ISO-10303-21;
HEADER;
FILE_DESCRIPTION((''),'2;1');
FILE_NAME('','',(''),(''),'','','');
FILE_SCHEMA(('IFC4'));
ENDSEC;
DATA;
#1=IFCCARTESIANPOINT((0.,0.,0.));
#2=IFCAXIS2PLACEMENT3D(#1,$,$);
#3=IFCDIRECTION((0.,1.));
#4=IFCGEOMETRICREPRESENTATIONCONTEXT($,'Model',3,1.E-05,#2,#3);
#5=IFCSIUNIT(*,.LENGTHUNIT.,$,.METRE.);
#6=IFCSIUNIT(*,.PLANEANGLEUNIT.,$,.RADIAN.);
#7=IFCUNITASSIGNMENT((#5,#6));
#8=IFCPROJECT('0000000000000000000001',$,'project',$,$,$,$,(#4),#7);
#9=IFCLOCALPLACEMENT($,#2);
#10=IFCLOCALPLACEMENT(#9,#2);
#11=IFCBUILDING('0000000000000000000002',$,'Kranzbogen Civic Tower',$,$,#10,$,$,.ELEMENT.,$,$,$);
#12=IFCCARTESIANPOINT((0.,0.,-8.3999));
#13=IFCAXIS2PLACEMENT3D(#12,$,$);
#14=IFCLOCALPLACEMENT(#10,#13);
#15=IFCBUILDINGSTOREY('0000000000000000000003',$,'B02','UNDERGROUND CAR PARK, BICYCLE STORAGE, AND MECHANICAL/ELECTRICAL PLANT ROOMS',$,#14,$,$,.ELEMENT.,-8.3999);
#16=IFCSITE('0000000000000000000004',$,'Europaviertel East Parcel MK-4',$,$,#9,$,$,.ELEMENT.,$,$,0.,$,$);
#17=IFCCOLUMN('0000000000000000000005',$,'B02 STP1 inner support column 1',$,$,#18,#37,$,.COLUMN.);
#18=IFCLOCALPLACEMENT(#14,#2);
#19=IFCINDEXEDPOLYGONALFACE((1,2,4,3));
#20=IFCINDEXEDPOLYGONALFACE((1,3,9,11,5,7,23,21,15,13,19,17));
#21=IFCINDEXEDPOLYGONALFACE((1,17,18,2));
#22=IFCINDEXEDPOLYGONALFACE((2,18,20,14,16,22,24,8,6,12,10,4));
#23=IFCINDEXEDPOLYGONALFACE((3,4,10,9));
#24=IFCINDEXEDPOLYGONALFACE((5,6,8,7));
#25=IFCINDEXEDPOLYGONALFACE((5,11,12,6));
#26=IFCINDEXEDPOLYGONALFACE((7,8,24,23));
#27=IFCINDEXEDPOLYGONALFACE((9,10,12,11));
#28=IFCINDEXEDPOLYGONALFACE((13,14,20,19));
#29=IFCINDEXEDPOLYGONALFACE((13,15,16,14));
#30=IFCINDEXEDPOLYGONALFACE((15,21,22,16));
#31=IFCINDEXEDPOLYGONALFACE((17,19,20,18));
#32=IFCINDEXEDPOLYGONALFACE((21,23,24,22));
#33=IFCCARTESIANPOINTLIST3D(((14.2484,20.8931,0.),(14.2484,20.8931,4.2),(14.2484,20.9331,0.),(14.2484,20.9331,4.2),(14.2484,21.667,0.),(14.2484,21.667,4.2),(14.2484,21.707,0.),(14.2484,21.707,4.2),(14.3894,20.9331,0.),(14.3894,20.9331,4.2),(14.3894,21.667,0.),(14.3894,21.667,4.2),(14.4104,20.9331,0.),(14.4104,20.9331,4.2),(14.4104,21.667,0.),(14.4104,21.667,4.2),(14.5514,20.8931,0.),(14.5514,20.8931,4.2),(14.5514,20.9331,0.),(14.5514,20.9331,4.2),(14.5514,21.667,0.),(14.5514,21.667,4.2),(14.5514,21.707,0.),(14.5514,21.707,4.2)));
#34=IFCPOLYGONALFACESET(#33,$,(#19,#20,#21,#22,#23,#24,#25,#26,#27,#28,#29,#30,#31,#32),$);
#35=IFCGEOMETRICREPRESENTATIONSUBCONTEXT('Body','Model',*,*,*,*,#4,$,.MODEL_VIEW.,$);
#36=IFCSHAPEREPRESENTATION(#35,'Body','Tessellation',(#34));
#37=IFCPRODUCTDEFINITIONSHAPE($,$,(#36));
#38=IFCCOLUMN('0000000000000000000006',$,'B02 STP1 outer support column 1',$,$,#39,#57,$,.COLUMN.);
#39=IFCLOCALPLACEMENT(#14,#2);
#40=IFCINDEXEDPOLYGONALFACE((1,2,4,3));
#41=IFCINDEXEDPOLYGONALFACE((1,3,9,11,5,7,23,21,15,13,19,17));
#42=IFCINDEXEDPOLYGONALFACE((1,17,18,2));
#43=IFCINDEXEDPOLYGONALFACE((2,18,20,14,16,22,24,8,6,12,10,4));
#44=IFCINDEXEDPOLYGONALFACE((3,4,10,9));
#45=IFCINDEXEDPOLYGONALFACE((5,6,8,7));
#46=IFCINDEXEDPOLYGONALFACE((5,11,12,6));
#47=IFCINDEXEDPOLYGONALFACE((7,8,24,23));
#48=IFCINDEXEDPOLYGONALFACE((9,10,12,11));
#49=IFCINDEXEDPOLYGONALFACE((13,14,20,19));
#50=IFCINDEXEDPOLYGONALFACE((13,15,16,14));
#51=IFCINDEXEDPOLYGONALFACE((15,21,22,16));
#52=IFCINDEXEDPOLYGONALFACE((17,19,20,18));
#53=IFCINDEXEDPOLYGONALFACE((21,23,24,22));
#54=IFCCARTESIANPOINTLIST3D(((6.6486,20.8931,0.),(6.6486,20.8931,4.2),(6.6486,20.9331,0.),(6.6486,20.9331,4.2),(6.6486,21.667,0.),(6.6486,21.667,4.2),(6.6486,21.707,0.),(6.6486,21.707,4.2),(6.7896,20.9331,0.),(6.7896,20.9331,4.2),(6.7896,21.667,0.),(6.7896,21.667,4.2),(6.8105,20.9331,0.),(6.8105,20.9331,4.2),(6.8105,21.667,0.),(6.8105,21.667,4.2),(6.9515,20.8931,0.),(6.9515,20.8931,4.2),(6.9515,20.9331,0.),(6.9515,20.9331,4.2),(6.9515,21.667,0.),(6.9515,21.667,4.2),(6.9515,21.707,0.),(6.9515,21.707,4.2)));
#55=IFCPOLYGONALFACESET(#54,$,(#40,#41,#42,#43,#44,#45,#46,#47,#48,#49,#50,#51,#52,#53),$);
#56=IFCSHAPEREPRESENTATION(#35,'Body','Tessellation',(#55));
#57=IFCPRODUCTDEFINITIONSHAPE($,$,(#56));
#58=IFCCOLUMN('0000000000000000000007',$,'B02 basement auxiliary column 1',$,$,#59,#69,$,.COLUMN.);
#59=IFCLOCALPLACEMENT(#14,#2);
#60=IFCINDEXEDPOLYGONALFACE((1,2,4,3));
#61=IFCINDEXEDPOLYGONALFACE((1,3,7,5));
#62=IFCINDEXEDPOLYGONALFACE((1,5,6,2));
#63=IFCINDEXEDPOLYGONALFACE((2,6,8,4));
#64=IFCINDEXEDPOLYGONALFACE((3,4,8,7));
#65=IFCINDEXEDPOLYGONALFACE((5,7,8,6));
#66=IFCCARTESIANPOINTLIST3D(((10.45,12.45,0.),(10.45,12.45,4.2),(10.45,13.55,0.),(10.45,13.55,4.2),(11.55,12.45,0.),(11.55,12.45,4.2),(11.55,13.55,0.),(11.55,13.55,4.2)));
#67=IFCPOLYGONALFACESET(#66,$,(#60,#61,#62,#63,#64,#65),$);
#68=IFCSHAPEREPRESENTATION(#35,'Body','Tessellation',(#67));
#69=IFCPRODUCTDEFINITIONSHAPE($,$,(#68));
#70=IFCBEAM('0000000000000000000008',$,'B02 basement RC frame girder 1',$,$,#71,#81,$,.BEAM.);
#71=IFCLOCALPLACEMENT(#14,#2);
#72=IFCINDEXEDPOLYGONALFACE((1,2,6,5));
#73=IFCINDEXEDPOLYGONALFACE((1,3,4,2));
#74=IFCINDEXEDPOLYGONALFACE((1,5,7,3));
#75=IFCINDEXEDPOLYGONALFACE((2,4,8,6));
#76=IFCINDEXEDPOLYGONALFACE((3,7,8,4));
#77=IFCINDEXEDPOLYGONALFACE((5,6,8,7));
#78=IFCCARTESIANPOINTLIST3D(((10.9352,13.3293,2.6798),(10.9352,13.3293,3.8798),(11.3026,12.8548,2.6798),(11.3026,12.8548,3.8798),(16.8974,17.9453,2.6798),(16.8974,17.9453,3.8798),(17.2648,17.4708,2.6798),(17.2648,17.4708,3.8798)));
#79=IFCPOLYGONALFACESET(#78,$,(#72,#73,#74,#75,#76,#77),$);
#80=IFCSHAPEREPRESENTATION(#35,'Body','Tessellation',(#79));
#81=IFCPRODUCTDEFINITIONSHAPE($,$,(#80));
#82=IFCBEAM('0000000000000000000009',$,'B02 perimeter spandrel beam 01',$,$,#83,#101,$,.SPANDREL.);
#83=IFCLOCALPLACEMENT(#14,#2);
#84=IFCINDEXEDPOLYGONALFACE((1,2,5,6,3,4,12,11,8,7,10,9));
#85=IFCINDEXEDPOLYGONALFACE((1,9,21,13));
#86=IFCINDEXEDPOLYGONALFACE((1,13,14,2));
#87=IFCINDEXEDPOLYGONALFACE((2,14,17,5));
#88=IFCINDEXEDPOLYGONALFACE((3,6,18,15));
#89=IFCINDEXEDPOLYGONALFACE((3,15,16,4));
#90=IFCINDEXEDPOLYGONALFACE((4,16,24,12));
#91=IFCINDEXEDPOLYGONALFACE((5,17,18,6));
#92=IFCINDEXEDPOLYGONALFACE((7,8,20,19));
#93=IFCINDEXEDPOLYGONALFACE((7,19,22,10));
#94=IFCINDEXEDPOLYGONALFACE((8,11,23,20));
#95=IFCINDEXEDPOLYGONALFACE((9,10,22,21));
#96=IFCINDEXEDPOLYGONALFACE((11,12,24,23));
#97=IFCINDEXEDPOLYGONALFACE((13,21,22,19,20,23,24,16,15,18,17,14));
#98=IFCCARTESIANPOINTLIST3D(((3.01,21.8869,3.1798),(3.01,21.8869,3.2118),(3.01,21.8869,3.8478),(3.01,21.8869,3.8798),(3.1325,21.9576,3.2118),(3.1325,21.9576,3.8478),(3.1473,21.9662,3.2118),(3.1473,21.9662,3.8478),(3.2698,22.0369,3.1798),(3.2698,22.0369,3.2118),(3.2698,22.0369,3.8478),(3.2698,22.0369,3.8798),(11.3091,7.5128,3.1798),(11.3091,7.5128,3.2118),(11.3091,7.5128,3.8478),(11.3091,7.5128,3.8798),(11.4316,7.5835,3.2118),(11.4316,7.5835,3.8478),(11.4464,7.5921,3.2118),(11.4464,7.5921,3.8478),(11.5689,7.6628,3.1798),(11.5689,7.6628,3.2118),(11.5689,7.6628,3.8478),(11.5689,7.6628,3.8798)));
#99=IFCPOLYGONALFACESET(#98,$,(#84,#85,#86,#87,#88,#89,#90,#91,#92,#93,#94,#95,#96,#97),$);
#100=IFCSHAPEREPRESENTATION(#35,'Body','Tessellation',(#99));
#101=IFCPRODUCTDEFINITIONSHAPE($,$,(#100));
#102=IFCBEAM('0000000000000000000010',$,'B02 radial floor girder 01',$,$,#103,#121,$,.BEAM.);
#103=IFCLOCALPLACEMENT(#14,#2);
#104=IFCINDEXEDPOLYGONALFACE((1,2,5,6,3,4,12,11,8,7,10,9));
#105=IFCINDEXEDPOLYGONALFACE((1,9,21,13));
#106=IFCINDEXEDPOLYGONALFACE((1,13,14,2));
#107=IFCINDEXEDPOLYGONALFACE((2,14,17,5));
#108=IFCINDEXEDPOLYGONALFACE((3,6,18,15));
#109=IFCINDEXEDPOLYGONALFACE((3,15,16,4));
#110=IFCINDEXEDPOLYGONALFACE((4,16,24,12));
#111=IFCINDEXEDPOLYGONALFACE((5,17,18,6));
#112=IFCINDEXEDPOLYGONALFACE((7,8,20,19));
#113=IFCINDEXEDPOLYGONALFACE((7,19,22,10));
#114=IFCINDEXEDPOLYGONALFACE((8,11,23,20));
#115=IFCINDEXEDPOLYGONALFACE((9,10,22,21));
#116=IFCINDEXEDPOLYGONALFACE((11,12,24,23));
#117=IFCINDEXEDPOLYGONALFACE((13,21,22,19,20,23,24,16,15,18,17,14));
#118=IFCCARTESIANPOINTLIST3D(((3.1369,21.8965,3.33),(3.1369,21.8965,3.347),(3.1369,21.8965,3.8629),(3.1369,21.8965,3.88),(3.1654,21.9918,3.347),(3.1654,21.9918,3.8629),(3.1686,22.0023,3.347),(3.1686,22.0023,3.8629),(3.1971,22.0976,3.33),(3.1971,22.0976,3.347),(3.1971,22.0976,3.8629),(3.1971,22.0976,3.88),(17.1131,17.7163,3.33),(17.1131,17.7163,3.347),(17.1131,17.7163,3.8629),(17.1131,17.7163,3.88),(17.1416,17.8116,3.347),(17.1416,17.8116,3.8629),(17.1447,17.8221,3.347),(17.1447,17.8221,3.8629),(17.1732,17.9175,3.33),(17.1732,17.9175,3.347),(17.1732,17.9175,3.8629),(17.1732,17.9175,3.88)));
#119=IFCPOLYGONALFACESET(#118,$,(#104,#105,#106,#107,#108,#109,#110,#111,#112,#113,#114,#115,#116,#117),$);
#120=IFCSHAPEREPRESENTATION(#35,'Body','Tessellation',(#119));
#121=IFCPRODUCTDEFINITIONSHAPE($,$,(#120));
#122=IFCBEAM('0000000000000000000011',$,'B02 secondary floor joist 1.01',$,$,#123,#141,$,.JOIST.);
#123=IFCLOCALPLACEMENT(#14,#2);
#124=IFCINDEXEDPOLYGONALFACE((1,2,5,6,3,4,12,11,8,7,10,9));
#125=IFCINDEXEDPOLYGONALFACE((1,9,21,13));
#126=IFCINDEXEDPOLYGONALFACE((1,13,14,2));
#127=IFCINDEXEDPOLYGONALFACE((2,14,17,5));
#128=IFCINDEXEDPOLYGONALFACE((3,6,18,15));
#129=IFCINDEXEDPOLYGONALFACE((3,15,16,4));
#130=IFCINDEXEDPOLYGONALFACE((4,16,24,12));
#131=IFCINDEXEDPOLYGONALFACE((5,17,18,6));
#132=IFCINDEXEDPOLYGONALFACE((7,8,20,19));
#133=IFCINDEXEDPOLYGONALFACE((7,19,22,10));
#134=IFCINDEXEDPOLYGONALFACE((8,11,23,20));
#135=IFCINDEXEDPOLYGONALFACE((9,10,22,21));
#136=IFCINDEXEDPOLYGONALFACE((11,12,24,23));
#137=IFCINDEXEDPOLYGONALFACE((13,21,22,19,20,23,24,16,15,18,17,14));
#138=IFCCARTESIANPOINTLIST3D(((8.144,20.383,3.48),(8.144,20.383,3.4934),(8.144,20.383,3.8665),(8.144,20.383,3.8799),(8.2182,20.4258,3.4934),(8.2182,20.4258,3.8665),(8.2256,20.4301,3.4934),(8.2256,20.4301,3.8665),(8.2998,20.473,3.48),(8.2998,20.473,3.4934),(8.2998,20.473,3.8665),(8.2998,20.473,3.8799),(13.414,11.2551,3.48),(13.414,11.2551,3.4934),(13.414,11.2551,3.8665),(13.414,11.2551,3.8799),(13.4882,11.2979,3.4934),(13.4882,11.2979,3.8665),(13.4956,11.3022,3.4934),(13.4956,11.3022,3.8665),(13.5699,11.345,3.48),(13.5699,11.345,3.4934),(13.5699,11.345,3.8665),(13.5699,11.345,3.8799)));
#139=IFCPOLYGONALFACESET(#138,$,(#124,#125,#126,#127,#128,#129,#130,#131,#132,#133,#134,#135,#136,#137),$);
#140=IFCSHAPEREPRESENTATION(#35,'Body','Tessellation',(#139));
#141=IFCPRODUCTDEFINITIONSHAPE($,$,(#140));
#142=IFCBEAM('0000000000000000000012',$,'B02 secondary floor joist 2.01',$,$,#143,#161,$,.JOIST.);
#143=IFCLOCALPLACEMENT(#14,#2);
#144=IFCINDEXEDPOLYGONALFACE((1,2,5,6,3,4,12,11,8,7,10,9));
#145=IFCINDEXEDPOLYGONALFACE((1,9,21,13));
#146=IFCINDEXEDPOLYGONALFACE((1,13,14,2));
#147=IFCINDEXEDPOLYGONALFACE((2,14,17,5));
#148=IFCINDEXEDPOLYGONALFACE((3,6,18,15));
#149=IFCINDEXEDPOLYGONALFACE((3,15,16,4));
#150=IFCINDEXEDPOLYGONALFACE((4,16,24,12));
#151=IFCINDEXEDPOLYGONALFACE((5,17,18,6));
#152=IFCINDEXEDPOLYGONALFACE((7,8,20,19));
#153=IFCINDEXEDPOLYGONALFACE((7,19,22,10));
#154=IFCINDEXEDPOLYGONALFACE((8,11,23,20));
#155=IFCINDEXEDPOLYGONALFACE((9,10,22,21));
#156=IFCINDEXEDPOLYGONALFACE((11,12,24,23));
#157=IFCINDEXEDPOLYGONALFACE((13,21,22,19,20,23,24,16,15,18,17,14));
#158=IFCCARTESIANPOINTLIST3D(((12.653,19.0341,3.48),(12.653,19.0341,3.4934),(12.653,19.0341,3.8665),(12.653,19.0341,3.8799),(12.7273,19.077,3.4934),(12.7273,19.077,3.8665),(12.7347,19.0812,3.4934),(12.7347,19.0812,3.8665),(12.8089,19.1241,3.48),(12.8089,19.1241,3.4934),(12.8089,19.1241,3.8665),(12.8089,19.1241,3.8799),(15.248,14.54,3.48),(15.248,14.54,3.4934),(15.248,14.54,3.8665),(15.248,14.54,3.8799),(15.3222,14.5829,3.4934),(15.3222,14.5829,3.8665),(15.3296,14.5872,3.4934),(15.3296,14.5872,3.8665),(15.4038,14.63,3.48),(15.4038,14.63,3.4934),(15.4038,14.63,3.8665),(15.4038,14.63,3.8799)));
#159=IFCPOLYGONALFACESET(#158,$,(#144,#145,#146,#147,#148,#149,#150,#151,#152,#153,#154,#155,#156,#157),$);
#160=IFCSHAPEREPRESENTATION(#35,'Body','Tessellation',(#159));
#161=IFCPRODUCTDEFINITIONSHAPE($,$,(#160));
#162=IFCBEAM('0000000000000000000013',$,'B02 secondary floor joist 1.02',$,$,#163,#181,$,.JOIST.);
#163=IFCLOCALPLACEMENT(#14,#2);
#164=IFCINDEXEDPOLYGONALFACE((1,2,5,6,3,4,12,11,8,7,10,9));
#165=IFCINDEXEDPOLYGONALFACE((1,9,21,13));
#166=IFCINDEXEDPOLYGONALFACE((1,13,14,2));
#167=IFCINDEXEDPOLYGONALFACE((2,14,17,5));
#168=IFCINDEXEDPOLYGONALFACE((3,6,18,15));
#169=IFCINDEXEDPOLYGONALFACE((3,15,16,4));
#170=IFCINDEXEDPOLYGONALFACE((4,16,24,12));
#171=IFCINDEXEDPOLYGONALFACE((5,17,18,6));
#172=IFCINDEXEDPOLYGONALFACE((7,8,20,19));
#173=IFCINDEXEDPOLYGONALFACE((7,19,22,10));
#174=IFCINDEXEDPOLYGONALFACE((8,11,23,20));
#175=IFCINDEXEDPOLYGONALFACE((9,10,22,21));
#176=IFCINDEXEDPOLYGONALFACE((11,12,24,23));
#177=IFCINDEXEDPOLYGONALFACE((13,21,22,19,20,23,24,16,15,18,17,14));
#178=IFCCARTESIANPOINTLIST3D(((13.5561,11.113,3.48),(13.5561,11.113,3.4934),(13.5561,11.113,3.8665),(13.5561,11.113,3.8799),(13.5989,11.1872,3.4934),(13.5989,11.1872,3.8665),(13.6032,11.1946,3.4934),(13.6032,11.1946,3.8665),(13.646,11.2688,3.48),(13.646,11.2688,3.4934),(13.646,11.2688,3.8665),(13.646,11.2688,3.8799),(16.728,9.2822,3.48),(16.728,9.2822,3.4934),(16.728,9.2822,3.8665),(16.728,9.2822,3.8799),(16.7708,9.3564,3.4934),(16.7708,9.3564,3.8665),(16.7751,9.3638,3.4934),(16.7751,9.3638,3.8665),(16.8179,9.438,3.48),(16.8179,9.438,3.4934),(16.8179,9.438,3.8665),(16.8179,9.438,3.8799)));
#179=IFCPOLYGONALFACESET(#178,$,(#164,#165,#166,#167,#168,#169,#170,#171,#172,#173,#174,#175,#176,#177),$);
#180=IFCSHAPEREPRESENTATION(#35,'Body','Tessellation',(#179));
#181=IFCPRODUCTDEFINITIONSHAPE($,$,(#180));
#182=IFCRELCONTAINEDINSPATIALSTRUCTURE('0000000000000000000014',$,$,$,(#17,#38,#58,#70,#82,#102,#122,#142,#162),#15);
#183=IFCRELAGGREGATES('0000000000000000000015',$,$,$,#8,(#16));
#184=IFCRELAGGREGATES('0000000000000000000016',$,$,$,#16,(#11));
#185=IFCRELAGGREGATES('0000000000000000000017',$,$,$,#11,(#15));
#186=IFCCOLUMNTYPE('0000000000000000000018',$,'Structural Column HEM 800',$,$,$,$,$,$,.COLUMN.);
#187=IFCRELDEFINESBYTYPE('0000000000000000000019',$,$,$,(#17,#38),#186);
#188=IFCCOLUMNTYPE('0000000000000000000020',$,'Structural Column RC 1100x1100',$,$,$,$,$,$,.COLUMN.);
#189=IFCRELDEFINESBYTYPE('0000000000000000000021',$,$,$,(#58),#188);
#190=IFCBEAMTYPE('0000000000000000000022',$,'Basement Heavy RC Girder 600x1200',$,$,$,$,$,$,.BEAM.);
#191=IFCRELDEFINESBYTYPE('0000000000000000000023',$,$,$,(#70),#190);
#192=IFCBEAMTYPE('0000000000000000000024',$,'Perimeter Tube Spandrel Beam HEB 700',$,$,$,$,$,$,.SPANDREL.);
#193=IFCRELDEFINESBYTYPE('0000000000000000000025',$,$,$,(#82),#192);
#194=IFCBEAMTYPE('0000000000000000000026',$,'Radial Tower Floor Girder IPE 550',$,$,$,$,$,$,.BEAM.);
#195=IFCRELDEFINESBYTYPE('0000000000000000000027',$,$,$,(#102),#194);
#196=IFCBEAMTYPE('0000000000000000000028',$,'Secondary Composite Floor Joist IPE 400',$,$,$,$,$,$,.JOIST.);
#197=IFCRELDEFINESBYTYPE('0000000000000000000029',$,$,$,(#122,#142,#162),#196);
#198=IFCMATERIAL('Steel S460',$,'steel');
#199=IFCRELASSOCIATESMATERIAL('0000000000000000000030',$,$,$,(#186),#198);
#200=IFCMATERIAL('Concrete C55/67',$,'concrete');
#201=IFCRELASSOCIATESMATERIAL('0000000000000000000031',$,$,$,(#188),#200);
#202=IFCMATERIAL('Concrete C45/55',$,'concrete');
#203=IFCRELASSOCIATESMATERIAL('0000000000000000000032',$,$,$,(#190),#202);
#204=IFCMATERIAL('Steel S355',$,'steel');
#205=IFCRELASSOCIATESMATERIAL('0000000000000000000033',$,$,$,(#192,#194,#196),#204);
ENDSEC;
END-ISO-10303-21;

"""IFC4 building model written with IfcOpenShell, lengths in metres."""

from ifc_helpers import new_model, si_unit, direction, frame, origin, origin_2d, place, context, subcontext, project, spatial, rectangle, i_section, extrude, material, material_profile, profile_set, type_object, element, save


model = new_model("IFC4")

# Units and contexts
model_context = context("Model", 3, precision=1e-05, world=origin(), true_north=direction((0.0, 1.0)))
body_context = subcontext(model_context, "Body", "Model", "MODEL_VIEW")
ifc_project = project(units=[si_unit("LENGTHUNIT", "METRE"), si_unit("PLANEANGLEUNIT", "RADIAN")], contexts=[model_context])

# Site, building, storey
site_placement = place(None, origin())
site = spatial("IfcSite", under=ifc_project, at=site_placement, Name="Europaviertel East Parcel MK-4", CompositionType="ELEMENT", RefElevation=0.0)
building_placement = place(site_placement, origin())
building = spatial("IfcBuilding", under=site, at=building_placement, Name="Kranzbogen Civic Tower", CompositionType="ELEMENT")
storey_placement = place(building_placement, frame((0.0, 0.0, -8.3999)))
storey = spatial("IfcBuildingStorey", under=building, at=storey_placement, Name="B02", Description="UNDERGROUND CAR PARK, BICYCLE STORAGE, AND MECHANICAL/ELECTRICAL PLANT ROOMS", CompositionType="ELEMENT", Elevation=-8.3999)

# Shared definitions
ifc_material_1 = material(Name="Concrete C45/55", Category="concrete")

# Columns
ifc_material_2 = material(Name="Steel S460", Category="steel")
ifc_material_profile_1 = material_profile(ifc_material_2, i_section(OverallWidth=0.303, OverallDepth=0.814, WebThickness=0.021, FlangeThickness=0.04, at=origin_2d()), Name="HEM 800")
ifc_profile_set_1 = profile_set([ifc_material_profile_1], Name="Steel S460")
column_type_1 = type_object("IfcColumnType", Name="Structural Column HEM 800", PredefinedType="COLUMN", material=ifc_profile_set_1)
for number, where, z_axis, x_axis, name in (
    (1, (14.3999, 21.3, 0.0), (0.0, 0.0, 1.0), (1.0, 0.0, 0.0), "B02 STP1 inner support column 1"),
    (2, (6.8, 21.3, 0.0), (0.0, 0.0, 1.0), (1.0, 0.0, 0.0), "B02 STP1 outer support column 1"),
):
    element("IfcColumn", number, at=place(storey_placement, frame(where, z_axis=z_axis, x_axis=x_axis)), inside=storey, type_object=column_type_1, Name=name, PredefinedType="COLUMN", context=body_context, shape_type="SweptSolid", body=[
        extrude(i_section(OverallWidth=0.303, OverallDepth=0.814, WebThickness=0.021, FlangeThickness=0.04, at=origin_2d()), origin(), (0.0, 0.0, 1.0), 4.2),
    ])
ifc_material_3 = material(Name="Concrete C55/67", Category="concrete")
ifc_material_profile_2 = material_profile(ifc_material_3, rectangle(XDim=1.1001, YDim=1.1001, at=origin_2d()), Name="RC 1100x1100")
ifc_profile_set_2 = profile_set([ifc_material_profile_2], Name="Concrete C55/67")
column_type_2 = type_object("IfcColumnType", Name="Structural Column RC 1100x1100", PredefinedType="COLUMN", material=ifc_profile_set_2)
column_1_placement = place(storey_placement, frame((11.0, 13.0, 0.0), z_axis=(0.0, 0.0, 1.0), x_axis=(1.0, 0.0, 0.0)))
element("IfcColumn", 3, at=column_1_placement, inside=storey, type_object=column_type_2, Name="B02 basement auxiliary column 1", PredefinedType="COLUMN", context=body_context, shape_type="SweptSolid", body=[
    extrude(rectangle(XDim=1.1001, YDim=1.1001, at=origin_2d()), origin(), (0.0, 0.0, 1.0), 4.2),
])

# Beams
ifc_material_profile_3 = material_profile(ifc_material_1, rectangle(XDim=0.6001, YDim=1.2, at=origin_2d()), Name="RC-BM 600x1200")
ifc_profile_set_3 = profile_set([ifc_material_profile_3], Name="Concrete C45/55")
beam_type_1 = type_object("IfcBeamType", Name="Basement Heavy RC Girder 600x1200", PredefinedType="BEAM", material=ifc_profile_set_3)
beam_1_placement = place(storey_placement, frame((11.1189, 13.092, 3.2798), z_axis=(0.790717, 0.612182, 0.0), x_axis=(-0.612182, 0.790717, 0.0)))
element("IfcBeam", 4, at=beam_1_placement, inside=storey, type_object=beam_type_1, Name="B02 basement RC frame girder 1", PredefinedType="BEAM", context=body_context, shape_type="SweptSolid", body=[
    extrude(rectangle(XDim=0.6001, YDim=1.2, at=origin_2d()), origin(), (0.0, 0.0, 1.0), 7.5403),
])
ifc_material_4 = material(Name="Steel S355", Category="steel")
ifc_material_profile_4 = material_profile(ifc_material_4, i_section(OverallWidth=0.3, OverallDepth=0.7, WebThickness=0.0171, FlangeThickness=0.032, at=origin_2d()), Name="HEB 700")
ifc_profile_set_4 = profile_set([ifc_material_profile_4], Name="Steel S355")
beam_type_2 = type_object("IfcBeamType", Name="Perimeter Tube Spandrel Beam HEB 700", PredefinedType="SPANDREL", material=ifc_profile_set_4)
beam_2_placement = place(storey_placement, frame((3.1399, 21.9619, 3.5298), z_axis=(0.50001, -0.86602, 0.0), x_axis=(0.86602, 0.50001, 0.0)))
element("IfcBeam", 5, at=beam_2_placement, inside=storey, type_object=beam_type_2, Name="B02 perimeter spandrel beam 01", PredefinedType="SPANDREL", context=body_context, shape_type="SweptSolid", body=[
    extrude(i_section(OverallWidth=0.3, OverallDepth=0.7, WebThickness=0.0171, FlangeThickness=0.032, at=origin_2d()), origin(), (0.0, 0.0, 1.0), 16.5979),
])
ifc_material_profile_5 = material_profile(ifc_material_4, i_section(OverallWidth=0.21, OverallDepth=0.55, WebThickness=0.011, FlangeThickness=0.0171, at=origin_2d()), Name="IPE 550")
ifc_profile_set_5 = profile_set([ifc_material_profile_5], Name="Steel S355")
beam_type_3 = type_object("IfcBeamType", Name="Radial Tower Floor Girder IPE 550", PredefinedType="BEAM", material=ifc_profile_set_5)
beam_3_placement = place(storey_placement, frame((3.167, 21.9971, 3.605), z_axis=(0.958065, -0.286552, 0.0), x_axis=(0.286552, 0.958065, 0.0)))
element("IfcBeam", 6, at=beam_3_placement, inside=storey, type_object=beam_type_3, Name="B02 radial floor girder 01", PredefinedType="BEAM", context=body_context, shape_type="SweptSolid", body=[
    extrude(i_section(OverallWidth=0.21, OverallDepth=0.55, WebThickness=0.011, FlangeThickness=0.0171, at=origin_2d()), origin(), (0.0, 0.0, 1.0), 14.5879),
])
ifc_material_profile_6 = material_profile(ifc_material_4, i_section(OverallWidth=0.1799, OverallDepth=0.3999, WebThickness=0.0085, FlangeThickness=0.0134, at=origin_2d()), Name="IPE 400")
ifc_profile_set_6 = profile_set([ifc_material_profile_6], Name="Steel S355")
beam_type_4 = type_object("IfcBeamType", Name="Secondary Composite Floor Joist IPE 400", PredefinedType="JOIST", material=ifc_profile_set_6)
beam_4_placement = place(storey_placement, frame((8.2219, 20.428, 3.6799), z_axis=(0.5, -0.866025, 0.0), x_axis=(0.866025, 0.5, 0.0)))
element("IfcBeam", 7, at=beam_4_placement, inside=storey, type_object=beam_type_4, Name="B02 secondary floor joist 1.01", PredefinedType="JOIST", context=body_context, shape_type="SweptSolid", body=[
    extrude(i_section(OverallWidth=0.1799, OverallDepth=0.3999, WebThickness=0.0085, FlangeThickness=0.0134, at=origin_2d()), origin(), (0.0, 0.0, 1.0), 10.54),
])
beam_5_placement = place(storey_placement, frame((12.731, 19.0791, 3.6799), z_axis=(0.50004, -0.866002, 0.0), x_axis=(0.866002, 0.50004, 0.0)))
element("IfcBeam", 8, at=beam_5_placement, inside=storey, type_object=beam_type_4, Name="B02 secondary floor joist 2.01", PredefinedType="JOIST", context=body_context, shape_type="SweptSolid", body=[
    extrude(i_section(OverallWidth=0.1799, OverallDepth=0.3999, WebThickness=0.0085, FlangeThickness=0.0134, at=origin_2d()), origin(), (0.0, 0.0, 1.0), 5.1895),
])
beam_6_placement = place(storey_placement, frame((13.6011, 11.1909, 3.6799), z_axis=(0.866081, -0.499903, 0.0), x_axis=(0.499903, 0.866081, 0.0)))
element("IfcBeam", 9, at=beam_6_placement, inside=storey, type_object=beam_type_4, Name="B02 secondary floor joist 1.02", PredefinedType="JOIST", context=body_context, shape_type="SweptSolid", body=[
    extrude(i_section(OverallWidth=0.1799, OverallDepth=0.3999, WebThickness=0.0085, FlangeThickness=0.0134, at=origin_2d()), origin(), (0.0, 0.0, 1.0), 3.6624),
])

save(model, "model.ifc")
